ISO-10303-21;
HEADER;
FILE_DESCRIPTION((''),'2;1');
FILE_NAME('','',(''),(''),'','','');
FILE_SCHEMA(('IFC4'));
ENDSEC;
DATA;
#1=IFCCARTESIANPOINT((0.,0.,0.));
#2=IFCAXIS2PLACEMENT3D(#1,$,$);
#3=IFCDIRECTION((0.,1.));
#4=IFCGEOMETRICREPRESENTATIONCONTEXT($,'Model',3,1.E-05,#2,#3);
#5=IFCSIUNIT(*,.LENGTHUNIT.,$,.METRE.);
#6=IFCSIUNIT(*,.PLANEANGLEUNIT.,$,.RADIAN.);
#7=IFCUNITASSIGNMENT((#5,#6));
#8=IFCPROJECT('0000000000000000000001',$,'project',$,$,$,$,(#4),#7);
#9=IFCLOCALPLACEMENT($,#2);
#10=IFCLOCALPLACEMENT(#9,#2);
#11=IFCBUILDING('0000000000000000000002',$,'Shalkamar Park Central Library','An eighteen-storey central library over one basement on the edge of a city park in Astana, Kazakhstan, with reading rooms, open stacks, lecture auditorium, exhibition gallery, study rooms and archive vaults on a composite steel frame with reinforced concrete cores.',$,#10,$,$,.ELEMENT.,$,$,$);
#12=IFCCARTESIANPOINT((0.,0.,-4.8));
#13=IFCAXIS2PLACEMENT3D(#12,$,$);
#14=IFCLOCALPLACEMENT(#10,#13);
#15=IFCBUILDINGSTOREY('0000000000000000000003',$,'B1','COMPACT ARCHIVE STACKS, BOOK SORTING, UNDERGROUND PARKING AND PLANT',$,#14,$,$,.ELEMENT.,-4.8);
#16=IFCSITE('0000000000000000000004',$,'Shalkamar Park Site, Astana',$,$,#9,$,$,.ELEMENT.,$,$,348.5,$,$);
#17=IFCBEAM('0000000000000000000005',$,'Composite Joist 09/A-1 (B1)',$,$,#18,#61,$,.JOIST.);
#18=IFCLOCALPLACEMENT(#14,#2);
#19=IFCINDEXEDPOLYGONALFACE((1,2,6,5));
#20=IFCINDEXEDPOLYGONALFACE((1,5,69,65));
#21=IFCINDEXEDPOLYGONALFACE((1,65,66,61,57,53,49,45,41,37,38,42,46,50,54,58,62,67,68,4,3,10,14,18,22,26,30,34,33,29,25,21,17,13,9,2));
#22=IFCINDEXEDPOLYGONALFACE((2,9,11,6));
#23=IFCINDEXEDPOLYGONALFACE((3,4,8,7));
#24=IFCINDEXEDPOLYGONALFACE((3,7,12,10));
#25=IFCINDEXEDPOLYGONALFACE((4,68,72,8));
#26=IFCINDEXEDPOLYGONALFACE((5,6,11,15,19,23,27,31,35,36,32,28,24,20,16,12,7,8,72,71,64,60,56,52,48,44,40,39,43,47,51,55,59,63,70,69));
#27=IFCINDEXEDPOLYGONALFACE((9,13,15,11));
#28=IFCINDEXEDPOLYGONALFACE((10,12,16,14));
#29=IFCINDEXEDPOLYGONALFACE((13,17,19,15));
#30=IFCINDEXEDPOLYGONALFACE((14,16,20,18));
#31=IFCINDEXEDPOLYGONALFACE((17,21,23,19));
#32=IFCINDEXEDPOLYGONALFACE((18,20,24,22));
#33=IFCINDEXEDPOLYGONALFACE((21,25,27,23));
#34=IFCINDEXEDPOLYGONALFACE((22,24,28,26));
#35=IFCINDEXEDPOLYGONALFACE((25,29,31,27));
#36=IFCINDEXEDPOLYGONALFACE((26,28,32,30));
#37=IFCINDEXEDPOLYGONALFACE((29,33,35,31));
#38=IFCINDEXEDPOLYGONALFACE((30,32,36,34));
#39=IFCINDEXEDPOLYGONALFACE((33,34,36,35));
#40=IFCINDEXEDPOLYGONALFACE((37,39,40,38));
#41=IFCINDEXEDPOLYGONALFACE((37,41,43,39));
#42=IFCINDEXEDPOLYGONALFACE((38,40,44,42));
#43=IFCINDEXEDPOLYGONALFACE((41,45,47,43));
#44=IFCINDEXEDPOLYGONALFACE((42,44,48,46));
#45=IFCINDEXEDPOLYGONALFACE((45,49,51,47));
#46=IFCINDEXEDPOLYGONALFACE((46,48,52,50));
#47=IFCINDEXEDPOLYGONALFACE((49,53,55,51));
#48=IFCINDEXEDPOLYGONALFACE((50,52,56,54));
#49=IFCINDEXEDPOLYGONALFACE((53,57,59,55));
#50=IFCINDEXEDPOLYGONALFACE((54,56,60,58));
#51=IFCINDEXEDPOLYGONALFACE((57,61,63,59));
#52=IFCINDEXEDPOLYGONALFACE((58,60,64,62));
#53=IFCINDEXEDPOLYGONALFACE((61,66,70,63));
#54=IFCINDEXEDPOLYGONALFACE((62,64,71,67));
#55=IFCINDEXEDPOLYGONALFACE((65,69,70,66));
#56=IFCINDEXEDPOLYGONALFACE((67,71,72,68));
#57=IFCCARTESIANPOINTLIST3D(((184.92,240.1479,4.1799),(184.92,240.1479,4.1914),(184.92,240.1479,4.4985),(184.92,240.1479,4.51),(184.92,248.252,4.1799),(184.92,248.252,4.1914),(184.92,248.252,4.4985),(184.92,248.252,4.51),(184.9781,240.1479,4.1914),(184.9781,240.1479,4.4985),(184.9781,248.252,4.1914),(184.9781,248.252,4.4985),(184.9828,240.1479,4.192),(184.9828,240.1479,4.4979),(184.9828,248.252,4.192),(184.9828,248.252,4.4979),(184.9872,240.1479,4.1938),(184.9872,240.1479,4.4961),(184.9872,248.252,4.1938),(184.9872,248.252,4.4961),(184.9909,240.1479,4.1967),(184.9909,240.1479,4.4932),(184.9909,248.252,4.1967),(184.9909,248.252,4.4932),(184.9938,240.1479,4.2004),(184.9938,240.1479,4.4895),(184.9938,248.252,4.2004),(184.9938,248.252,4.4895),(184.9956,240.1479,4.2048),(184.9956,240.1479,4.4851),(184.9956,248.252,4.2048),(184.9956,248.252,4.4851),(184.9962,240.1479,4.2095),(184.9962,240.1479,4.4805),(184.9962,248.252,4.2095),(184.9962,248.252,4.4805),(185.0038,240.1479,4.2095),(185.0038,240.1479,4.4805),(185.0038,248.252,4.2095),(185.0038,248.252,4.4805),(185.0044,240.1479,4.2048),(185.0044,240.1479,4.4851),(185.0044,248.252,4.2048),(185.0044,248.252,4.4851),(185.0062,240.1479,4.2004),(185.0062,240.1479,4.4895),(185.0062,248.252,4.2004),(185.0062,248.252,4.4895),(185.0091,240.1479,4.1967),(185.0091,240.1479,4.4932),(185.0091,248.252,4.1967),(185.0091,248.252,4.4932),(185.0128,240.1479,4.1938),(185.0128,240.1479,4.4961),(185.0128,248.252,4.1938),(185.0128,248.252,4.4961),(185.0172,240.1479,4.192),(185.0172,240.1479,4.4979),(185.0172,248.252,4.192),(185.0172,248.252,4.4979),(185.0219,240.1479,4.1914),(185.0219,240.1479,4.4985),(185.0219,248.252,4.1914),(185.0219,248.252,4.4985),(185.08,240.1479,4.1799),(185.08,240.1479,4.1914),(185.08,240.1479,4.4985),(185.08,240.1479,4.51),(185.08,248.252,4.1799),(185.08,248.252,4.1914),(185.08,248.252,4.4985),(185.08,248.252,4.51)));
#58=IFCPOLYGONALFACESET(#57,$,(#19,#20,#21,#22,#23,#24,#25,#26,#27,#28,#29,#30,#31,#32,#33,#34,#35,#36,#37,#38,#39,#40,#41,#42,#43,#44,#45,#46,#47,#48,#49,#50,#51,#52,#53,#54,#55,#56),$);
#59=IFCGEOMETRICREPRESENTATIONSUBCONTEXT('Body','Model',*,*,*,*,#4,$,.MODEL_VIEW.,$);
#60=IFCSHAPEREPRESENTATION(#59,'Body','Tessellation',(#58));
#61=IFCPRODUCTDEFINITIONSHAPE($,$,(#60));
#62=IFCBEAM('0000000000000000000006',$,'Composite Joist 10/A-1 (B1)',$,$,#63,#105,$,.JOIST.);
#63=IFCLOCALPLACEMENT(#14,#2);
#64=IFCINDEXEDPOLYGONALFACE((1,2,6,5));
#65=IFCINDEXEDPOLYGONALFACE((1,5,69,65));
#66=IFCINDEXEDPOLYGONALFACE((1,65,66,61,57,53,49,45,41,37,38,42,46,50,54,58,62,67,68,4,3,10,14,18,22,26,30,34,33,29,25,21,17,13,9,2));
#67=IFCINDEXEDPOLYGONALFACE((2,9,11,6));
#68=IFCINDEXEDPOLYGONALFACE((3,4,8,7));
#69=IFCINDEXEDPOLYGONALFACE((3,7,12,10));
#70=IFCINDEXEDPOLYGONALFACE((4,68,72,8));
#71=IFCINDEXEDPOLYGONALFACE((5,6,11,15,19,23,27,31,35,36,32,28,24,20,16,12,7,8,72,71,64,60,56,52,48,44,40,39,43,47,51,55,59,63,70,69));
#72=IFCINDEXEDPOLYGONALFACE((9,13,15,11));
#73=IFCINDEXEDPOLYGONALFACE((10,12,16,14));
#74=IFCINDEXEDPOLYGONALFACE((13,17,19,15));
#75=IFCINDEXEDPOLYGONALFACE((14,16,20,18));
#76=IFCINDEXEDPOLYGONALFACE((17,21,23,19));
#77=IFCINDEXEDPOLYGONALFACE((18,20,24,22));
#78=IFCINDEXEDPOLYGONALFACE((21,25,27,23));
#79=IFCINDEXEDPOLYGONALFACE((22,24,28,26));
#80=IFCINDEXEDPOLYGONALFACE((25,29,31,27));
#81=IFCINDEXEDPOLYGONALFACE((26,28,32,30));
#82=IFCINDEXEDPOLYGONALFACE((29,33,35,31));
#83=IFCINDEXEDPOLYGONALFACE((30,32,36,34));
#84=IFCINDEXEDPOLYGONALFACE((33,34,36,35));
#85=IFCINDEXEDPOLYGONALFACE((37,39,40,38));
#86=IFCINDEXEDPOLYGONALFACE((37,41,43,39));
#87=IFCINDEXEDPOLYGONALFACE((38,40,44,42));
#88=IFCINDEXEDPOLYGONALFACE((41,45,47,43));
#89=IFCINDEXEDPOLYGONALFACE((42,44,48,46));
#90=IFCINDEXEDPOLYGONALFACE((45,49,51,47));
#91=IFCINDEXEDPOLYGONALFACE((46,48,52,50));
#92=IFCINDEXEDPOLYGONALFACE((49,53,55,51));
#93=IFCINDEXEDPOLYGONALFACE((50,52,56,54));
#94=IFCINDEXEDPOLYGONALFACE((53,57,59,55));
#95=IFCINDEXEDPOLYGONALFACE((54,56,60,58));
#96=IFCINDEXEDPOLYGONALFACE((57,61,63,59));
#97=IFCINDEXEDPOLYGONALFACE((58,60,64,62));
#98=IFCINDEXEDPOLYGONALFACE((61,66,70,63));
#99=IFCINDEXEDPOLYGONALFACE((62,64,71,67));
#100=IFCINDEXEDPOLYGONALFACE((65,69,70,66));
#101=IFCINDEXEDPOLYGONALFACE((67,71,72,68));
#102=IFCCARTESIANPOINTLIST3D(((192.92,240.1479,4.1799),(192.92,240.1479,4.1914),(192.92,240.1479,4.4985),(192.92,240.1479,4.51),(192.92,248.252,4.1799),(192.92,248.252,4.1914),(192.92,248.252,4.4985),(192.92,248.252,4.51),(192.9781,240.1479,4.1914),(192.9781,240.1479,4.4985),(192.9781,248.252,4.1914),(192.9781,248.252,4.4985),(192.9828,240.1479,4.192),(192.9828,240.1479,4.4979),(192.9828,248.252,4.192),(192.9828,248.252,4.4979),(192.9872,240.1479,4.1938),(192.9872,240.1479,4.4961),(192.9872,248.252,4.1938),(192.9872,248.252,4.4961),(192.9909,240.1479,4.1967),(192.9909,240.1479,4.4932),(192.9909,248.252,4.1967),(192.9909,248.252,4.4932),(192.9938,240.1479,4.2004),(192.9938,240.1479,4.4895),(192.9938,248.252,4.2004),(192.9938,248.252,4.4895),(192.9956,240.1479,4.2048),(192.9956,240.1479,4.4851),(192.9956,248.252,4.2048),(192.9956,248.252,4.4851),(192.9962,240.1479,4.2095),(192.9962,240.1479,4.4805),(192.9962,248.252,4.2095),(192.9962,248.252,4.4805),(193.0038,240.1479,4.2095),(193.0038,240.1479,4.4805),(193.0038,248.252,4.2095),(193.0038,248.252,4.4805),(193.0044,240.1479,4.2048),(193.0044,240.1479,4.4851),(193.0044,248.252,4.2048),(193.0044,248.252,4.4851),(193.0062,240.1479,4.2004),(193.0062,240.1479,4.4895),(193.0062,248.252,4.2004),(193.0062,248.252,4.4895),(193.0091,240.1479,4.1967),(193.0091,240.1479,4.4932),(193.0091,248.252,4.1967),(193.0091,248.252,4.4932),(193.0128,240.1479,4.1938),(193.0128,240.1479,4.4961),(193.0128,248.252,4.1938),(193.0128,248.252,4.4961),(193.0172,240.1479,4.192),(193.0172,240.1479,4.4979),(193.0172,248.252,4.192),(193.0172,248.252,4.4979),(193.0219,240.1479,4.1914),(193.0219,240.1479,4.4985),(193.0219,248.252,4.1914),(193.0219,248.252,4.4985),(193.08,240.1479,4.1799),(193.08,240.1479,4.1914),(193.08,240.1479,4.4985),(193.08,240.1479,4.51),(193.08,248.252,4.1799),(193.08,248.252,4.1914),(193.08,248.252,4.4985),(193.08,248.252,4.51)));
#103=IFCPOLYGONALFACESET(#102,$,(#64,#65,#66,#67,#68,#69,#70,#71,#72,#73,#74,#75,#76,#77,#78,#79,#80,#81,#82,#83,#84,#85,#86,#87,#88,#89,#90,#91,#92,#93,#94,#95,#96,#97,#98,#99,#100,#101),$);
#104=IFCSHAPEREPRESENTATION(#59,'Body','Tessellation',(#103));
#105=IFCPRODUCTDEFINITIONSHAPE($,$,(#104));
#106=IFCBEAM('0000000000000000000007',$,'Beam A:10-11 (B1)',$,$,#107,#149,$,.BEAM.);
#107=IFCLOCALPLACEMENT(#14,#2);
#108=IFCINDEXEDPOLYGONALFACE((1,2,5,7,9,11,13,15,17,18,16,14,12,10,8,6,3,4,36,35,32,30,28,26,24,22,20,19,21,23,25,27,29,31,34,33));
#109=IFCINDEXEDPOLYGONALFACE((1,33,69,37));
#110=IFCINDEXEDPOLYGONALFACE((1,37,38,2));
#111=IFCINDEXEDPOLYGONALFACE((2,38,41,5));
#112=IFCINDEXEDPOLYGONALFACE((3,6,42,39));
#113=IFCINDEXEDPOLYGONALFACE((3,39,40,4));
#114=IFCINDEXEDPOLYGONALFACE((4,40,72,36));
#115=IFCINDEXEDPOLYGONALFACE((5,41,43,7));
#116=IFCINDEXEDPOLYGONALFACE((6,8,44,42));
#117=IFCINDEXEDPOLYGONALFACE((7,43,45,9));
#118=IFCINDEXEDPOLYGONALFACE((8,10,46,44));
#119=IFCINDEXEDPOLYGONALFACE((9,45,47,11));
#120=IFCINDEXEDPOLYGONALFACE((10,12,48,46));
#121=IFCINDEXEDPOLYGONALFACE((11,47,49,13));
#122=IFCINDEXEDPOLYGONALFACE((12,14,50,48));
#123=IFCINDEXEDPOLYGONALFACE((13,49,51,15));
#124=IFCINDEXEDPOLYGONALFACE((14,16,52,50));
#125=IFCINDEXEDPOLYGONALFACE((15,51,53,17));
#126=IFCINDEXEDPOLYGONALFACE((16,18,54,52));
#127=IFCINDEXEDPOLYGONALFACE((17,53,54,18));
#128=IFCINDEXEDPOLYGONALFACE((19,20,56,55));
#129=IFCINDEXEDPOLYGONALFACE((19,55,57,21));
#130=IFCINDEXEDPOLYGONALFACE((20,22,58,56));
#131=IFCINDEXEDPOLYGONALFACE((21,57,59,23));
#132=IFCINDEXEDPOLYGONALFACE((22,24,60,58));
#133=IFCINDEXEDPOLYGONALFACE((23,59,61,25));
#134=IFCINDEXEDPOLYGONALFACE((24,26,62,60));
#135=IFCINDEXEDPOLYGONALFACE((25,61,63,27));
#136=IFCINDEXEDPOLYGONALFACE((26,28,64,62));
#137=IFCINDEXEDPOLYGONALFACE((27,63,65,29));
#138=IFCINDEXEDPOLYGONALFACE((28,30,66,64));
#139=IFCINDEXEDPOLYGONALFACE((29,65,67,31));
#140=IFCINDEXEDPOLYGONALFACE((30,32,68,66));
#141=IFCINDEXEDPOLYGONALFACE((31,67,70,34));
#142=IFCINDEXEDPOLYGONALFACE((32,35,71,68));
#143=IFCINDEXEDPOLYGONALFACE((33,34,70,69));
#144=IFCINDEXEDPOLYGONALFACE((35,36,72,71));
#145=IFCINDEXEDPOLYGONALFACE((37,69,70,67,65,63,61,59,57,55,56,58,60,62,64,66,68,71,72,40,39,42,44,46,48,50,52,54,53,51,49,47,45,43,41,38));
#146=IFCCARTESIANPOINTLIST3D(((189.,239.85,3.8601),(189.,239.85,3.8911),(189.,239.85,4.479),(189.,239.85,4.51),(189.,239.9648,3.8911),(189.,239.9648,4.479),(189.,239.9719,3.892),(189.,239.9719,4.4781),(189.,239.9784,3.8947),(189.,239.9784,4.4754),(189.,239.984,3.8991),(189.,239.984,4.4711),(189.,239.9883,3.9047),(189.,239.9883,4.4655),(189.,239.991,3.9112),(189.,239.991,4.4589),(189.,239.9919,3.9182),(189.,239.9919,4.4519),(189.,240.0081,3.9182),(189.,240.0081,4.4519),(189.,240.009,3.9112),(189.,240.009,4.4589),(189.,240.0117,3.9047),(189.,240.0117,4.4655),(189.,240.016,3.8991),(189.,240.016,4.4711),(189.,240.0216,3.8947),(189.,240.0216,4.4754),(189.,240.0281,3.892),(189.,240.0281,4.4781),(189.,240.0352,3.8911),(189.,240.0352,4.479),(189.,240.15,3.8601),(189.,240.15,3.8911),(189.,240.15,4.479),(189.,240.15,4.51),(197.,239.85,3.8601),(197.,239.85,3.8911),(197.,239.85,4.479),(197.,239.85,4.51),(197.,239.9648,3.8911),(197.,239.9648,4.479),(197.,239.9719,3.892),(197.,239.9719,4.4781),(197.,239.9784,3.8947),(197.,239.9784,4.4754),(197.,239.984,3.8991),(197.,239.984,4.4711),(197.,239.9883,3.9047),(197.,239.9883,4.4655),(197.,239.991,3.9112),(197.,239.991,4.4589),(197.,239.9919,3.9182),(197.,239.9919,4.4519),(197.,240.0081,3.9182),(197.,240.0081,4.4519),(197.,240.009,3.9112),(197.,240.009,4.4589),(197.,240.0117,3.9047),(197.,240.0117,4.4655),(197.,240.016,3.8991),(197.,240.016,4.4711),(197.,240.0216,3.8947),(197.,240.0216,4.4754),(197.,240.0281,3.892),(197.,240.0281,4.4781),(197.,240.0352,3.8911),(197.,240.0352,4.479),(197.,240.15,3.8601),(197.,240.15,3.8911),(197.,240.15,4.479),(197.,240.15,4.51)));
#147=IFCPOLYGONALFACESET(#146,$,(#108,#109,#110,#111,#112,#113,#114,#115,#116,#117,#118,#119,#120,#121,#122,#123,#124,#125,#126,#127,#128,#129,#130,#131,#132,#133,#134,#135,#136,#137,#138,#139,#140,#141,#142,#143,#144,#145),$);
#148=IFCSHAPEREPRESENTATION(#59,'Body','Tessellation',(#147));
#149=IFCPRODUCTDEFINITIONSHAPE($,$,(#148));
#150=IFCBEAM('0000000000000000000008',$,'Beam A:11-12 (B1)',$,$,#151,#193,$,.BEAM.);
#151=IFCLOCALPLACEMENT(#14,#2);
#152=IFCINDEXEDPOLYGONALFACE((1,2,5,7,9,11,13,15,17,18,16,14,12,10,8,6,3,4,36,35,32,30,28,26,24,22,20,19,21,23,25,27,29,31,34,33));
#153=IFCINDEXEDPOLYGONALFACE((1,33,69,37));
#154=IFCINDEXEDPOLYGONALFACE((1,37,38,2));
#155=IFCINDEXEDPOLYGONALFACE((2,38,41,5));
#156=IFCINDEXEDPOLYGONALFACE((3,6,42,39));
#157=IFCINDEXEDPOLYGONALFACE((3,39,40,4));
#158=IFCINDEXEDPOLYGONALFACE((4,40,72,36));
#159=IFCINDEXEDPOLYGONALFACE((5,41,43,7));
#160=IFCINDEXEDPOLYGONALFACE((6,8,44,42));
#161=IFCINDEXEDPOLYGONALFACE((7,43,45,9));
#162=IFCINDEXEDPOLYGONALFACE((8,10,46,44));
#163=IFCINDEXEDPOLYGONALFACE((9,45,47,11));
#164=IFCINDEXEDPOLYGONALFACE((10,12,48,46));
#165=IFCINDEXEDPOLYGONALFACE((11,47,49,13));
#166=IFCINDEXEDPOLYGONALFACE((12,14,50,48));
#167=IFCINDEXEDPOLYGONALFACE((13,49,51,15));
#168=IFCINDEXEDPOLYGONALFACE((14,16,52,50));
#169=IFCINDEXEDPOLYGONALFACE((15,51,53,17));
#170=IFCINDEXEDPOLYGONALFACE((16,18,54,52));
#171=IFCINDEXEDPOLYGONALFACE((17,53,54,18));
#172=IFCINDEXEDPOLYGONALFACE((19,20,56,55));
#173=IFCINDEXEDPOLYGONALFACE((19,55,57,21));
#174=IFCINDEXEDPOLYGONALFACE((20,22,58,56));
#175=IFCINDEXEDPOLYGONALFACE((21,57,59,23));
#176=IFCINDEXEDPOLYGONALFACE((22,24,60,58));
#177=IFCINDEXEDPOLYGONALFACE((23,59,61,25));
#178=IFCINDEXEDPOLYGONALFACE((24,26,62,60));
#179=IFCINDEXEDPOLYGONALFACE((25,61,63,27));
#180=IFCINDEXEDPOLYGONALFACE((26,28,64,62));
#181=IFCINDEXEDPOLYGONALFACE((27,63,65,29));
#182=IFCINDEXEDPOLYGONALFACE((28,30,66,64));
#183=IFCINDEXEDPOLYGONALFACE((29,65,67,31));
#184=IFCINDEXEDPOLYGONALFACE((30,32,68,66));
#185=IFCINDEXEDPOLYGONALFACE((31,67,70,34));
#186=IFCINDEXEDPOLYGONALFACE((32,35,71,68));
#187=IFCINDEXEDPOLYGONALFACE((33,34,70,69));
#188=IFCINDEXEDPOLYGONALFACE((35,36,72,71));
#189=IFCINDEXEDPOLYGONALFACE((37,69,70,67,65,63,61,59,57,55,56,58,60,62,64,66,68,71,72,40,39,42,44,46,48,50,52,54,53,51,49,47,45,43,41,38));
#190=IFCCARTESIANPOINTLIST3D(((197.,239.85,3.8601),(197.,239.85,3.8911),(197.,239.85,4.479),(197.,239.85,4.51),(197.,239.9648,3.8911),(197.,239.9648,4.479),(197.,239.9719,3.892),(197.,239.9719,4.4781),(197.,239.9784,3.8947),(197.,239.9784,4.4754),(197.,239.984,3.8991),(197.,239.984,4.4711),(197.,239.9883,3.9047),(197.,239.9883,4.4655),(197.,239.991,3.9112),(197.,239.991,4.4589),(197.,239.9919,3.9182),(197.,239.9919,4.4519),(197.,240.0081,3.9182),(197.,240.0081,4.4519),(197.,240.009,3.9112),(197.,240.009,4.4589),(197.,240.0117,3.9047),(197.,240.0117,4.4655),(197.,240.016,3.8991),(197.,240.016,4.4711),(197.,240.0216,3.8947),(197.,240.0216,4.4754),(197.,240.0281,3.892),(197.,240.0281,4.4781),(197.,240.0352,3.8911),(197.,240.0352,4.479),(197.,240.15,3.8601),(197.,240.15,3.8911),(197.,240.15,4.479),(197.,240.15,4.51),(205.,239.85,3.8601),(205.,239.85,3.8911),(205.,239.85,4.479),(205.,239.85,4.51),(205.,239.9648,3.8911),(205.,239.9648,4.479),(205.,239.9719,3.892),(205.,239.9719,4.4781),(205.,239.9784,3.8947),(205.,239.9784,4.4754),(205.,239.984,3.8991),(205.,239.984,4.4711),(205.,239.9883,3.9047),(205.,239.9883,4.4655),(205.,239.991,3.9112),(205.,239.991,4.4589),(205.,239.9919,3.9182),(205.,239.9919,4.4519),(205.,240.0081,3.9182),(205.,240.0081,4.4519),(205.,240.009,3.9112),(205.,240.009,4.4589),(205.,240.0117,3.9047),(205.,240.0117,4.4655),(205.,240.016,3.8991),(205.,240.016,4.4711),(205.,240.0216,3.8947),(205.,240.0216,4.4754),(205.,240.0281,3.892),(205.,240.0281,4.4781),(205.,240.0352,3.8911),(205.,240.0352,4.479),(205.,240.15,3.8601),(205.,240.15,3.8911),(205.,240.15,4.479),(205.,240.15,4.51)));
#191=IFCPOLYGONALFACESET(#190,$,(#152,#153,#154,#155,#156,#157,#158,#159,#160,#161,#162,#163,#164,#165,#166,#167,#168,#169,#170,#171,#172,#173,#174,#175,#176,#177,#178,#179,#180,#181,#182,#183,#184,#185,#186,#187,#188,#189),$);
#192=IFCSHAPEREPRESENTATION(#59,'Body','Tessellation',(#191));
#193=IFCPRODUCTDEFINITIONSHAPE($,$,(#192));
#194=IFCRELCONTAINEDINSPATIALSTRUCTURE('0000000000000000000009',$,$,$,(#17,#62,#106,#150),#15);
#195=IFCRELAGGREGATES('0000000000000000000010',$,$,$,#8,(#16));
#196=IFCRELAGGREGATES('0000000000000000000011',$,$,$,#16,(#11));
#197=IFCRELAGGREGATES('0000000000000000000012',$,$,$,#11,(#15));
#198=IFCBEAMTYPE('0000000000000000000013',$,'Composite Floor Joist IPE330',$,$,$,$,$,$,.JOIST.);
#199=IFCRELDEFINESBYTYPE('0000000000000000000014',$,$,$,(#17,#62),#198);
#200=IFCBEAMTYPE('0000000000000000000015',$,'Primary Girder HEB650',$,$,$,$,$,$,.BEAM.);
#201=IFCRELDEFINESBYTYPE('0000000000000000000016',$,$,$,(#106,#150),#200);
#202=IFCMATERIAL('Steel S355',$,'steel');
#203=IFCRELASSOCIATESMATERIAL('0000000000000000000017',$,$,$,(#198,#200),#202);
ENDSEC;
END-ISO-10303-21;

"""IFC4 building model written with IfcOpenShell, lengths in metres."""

from ifc_helpers import new_model, si_unit, direction, frame, origin, origin_2d, place, context, subcontext, project, spatial, i_section, extrude, material, material_profile, profile_set, type_object, element, save


model = new_model("IFC4")

# Units and contexts
model_context = context("Model", 3, precision=1e-05, world=origin(), true_north=direction((0.0, 1.0)))
body_context = subcontext(model_context, "Body", "Model", "MODEL_VIEW")
ifc_project = project(units=[si_unit("LENGTHUNIT", "METRE"), si_unit("PLANEANGLEUNIT", "RADIAN")], contexts=[model_context])

# Site, building, storey
site_placement = place(None, origin())
site = spatial("IfcSite", under=ifc_project, at=site_placement, Name="Shalkamar Park Site, Astana", CompositionType="ELEMENT", RefElevation=348.5)
building_placement = place(site_placement, origin())
building = spatial("IfcBuilding", under=site, at=building_placement, Name="Shalkamar Park Central Library", Description="An eighteen-storey central library over one basement on the edge of a city park in Astana, Kazakhstan, with reading rooms, open stacks, lecture auditorium, exhibition gallery, study rooms and archive vaults on a composite steel frame with reinforced concrete cores.", CompositionType="ELEMENT")
storey_placement = place(building_placement, frame((0.0, 0.0, -4.8)))
storey = spatial("IfcBuildingStorey", under=building, at=storey_placement, Name="B1", Description="COMPACT ARCHIVE STACKS, BOOK SORTING, UNDERGROUND PARKING AND PLANT", CompositionType="ELEMENT", Elevation=-4.8)

# Beams
ifc_material_1 = material(Name="Steel S355", Category="steel")
ifc_material_profile_1 = material_profile(ifc_material_1, i_section(OverallWidth=0.1599, OverallDepth=0.3301, WebThickness=0.0076, FlangeThickness=0.0115, FilletRadius=0.0181, at=origin_2d()), Name="IPE 330")
ifc_profile_set_1 = profile_set([ifc_material_profile_1], Name="Steel S355")
beam_type_1 = type_object("IfcBeamType", Name="Composite Floor Joist IPE330", PredefinedType="JOIST", material=ifc_profile_set_1)
for number, where, z_axis, x_axis, name in (
    (1, (185.0, 240.1479, 4.345), (0.0, 1.0, 0.0), (-1.0, 0.0, 0.0), "Composite Joist 09/A-1 (B1)"),
    (2, (193.0, 240.1479, 4.345), (0.0, 1.0, 0.0), (-1.0, 0.0, 0.0), "Composite Joist 10/A-1 (B1)"),
):
    element("IfcBeam", number, at=place(storey_placement, frame(where, z_axis=z_axis, x_axis=x_axis)), inside=storey, type_object=beam_type_1, Name=name, PredefinedType="JOIST", context=body_context, shape_type="SweptSolid", body=[
        extrude(i_section(OverallWidth=0.1599, OverallDepth=0.3301, WebThickness=0.0076, FlangeThickness=0.0115, FilletRadius=0.0181, at=origin_2d()), origin(), (0.0, 0.0, 1.0), 8.104),
    ])
ifc_material_profile_2 = material_profile(ifc_material_1, i_section(OverallWidth=0.3, OverallDepth=0.6499, WebThickness=0.0161, FlangeThickness=0.031, FilletRadius=0.0271, at=origin_2d()), Name="HEB 650")
ifc_profile_set_2 = profile_set([ifc_material_profile_2], Name="Steel S355")
beam_type_2 = type_object("IfcBeamType", Name="Primary Girder HEB650", PredefinedType="BEAM", material=ifc_profile_set_2)
for number, where, z_axis, x_axis, name in (
    (3, (189.0, 240.0, 4.1851), (1.0, 0.0, 0.0), (0.0, 1.0, 0.0), "Beam A:10-11 (B1)"),
    (4, (197.0, 240.0, 4.1851), (1.0, 0.0, 0.0), (0.0, 1.0, 0.0), "Beam A:11-12 (B1)"),
):
    element("IfcBeam", number, at=place(storey_placement, frame(where, z_axis=z_axis, x_axis=x_axis)), inside=storey, type_object=beam_type_2, Name=name, PredefinedType="BEAM", context=body_context, shape_type="SweptSolid", body=[
        extrude(i_section(OverallWidth=0.3, OverallDepth=0.6499, WebThickness=0.0161, FlangeThickness=0.031, FilletRadius=0.0271, at=origin_2d()), origin(), (0.0, 0.0, 1.0), 8.0),
    ])

save(model, "model.ifc")
